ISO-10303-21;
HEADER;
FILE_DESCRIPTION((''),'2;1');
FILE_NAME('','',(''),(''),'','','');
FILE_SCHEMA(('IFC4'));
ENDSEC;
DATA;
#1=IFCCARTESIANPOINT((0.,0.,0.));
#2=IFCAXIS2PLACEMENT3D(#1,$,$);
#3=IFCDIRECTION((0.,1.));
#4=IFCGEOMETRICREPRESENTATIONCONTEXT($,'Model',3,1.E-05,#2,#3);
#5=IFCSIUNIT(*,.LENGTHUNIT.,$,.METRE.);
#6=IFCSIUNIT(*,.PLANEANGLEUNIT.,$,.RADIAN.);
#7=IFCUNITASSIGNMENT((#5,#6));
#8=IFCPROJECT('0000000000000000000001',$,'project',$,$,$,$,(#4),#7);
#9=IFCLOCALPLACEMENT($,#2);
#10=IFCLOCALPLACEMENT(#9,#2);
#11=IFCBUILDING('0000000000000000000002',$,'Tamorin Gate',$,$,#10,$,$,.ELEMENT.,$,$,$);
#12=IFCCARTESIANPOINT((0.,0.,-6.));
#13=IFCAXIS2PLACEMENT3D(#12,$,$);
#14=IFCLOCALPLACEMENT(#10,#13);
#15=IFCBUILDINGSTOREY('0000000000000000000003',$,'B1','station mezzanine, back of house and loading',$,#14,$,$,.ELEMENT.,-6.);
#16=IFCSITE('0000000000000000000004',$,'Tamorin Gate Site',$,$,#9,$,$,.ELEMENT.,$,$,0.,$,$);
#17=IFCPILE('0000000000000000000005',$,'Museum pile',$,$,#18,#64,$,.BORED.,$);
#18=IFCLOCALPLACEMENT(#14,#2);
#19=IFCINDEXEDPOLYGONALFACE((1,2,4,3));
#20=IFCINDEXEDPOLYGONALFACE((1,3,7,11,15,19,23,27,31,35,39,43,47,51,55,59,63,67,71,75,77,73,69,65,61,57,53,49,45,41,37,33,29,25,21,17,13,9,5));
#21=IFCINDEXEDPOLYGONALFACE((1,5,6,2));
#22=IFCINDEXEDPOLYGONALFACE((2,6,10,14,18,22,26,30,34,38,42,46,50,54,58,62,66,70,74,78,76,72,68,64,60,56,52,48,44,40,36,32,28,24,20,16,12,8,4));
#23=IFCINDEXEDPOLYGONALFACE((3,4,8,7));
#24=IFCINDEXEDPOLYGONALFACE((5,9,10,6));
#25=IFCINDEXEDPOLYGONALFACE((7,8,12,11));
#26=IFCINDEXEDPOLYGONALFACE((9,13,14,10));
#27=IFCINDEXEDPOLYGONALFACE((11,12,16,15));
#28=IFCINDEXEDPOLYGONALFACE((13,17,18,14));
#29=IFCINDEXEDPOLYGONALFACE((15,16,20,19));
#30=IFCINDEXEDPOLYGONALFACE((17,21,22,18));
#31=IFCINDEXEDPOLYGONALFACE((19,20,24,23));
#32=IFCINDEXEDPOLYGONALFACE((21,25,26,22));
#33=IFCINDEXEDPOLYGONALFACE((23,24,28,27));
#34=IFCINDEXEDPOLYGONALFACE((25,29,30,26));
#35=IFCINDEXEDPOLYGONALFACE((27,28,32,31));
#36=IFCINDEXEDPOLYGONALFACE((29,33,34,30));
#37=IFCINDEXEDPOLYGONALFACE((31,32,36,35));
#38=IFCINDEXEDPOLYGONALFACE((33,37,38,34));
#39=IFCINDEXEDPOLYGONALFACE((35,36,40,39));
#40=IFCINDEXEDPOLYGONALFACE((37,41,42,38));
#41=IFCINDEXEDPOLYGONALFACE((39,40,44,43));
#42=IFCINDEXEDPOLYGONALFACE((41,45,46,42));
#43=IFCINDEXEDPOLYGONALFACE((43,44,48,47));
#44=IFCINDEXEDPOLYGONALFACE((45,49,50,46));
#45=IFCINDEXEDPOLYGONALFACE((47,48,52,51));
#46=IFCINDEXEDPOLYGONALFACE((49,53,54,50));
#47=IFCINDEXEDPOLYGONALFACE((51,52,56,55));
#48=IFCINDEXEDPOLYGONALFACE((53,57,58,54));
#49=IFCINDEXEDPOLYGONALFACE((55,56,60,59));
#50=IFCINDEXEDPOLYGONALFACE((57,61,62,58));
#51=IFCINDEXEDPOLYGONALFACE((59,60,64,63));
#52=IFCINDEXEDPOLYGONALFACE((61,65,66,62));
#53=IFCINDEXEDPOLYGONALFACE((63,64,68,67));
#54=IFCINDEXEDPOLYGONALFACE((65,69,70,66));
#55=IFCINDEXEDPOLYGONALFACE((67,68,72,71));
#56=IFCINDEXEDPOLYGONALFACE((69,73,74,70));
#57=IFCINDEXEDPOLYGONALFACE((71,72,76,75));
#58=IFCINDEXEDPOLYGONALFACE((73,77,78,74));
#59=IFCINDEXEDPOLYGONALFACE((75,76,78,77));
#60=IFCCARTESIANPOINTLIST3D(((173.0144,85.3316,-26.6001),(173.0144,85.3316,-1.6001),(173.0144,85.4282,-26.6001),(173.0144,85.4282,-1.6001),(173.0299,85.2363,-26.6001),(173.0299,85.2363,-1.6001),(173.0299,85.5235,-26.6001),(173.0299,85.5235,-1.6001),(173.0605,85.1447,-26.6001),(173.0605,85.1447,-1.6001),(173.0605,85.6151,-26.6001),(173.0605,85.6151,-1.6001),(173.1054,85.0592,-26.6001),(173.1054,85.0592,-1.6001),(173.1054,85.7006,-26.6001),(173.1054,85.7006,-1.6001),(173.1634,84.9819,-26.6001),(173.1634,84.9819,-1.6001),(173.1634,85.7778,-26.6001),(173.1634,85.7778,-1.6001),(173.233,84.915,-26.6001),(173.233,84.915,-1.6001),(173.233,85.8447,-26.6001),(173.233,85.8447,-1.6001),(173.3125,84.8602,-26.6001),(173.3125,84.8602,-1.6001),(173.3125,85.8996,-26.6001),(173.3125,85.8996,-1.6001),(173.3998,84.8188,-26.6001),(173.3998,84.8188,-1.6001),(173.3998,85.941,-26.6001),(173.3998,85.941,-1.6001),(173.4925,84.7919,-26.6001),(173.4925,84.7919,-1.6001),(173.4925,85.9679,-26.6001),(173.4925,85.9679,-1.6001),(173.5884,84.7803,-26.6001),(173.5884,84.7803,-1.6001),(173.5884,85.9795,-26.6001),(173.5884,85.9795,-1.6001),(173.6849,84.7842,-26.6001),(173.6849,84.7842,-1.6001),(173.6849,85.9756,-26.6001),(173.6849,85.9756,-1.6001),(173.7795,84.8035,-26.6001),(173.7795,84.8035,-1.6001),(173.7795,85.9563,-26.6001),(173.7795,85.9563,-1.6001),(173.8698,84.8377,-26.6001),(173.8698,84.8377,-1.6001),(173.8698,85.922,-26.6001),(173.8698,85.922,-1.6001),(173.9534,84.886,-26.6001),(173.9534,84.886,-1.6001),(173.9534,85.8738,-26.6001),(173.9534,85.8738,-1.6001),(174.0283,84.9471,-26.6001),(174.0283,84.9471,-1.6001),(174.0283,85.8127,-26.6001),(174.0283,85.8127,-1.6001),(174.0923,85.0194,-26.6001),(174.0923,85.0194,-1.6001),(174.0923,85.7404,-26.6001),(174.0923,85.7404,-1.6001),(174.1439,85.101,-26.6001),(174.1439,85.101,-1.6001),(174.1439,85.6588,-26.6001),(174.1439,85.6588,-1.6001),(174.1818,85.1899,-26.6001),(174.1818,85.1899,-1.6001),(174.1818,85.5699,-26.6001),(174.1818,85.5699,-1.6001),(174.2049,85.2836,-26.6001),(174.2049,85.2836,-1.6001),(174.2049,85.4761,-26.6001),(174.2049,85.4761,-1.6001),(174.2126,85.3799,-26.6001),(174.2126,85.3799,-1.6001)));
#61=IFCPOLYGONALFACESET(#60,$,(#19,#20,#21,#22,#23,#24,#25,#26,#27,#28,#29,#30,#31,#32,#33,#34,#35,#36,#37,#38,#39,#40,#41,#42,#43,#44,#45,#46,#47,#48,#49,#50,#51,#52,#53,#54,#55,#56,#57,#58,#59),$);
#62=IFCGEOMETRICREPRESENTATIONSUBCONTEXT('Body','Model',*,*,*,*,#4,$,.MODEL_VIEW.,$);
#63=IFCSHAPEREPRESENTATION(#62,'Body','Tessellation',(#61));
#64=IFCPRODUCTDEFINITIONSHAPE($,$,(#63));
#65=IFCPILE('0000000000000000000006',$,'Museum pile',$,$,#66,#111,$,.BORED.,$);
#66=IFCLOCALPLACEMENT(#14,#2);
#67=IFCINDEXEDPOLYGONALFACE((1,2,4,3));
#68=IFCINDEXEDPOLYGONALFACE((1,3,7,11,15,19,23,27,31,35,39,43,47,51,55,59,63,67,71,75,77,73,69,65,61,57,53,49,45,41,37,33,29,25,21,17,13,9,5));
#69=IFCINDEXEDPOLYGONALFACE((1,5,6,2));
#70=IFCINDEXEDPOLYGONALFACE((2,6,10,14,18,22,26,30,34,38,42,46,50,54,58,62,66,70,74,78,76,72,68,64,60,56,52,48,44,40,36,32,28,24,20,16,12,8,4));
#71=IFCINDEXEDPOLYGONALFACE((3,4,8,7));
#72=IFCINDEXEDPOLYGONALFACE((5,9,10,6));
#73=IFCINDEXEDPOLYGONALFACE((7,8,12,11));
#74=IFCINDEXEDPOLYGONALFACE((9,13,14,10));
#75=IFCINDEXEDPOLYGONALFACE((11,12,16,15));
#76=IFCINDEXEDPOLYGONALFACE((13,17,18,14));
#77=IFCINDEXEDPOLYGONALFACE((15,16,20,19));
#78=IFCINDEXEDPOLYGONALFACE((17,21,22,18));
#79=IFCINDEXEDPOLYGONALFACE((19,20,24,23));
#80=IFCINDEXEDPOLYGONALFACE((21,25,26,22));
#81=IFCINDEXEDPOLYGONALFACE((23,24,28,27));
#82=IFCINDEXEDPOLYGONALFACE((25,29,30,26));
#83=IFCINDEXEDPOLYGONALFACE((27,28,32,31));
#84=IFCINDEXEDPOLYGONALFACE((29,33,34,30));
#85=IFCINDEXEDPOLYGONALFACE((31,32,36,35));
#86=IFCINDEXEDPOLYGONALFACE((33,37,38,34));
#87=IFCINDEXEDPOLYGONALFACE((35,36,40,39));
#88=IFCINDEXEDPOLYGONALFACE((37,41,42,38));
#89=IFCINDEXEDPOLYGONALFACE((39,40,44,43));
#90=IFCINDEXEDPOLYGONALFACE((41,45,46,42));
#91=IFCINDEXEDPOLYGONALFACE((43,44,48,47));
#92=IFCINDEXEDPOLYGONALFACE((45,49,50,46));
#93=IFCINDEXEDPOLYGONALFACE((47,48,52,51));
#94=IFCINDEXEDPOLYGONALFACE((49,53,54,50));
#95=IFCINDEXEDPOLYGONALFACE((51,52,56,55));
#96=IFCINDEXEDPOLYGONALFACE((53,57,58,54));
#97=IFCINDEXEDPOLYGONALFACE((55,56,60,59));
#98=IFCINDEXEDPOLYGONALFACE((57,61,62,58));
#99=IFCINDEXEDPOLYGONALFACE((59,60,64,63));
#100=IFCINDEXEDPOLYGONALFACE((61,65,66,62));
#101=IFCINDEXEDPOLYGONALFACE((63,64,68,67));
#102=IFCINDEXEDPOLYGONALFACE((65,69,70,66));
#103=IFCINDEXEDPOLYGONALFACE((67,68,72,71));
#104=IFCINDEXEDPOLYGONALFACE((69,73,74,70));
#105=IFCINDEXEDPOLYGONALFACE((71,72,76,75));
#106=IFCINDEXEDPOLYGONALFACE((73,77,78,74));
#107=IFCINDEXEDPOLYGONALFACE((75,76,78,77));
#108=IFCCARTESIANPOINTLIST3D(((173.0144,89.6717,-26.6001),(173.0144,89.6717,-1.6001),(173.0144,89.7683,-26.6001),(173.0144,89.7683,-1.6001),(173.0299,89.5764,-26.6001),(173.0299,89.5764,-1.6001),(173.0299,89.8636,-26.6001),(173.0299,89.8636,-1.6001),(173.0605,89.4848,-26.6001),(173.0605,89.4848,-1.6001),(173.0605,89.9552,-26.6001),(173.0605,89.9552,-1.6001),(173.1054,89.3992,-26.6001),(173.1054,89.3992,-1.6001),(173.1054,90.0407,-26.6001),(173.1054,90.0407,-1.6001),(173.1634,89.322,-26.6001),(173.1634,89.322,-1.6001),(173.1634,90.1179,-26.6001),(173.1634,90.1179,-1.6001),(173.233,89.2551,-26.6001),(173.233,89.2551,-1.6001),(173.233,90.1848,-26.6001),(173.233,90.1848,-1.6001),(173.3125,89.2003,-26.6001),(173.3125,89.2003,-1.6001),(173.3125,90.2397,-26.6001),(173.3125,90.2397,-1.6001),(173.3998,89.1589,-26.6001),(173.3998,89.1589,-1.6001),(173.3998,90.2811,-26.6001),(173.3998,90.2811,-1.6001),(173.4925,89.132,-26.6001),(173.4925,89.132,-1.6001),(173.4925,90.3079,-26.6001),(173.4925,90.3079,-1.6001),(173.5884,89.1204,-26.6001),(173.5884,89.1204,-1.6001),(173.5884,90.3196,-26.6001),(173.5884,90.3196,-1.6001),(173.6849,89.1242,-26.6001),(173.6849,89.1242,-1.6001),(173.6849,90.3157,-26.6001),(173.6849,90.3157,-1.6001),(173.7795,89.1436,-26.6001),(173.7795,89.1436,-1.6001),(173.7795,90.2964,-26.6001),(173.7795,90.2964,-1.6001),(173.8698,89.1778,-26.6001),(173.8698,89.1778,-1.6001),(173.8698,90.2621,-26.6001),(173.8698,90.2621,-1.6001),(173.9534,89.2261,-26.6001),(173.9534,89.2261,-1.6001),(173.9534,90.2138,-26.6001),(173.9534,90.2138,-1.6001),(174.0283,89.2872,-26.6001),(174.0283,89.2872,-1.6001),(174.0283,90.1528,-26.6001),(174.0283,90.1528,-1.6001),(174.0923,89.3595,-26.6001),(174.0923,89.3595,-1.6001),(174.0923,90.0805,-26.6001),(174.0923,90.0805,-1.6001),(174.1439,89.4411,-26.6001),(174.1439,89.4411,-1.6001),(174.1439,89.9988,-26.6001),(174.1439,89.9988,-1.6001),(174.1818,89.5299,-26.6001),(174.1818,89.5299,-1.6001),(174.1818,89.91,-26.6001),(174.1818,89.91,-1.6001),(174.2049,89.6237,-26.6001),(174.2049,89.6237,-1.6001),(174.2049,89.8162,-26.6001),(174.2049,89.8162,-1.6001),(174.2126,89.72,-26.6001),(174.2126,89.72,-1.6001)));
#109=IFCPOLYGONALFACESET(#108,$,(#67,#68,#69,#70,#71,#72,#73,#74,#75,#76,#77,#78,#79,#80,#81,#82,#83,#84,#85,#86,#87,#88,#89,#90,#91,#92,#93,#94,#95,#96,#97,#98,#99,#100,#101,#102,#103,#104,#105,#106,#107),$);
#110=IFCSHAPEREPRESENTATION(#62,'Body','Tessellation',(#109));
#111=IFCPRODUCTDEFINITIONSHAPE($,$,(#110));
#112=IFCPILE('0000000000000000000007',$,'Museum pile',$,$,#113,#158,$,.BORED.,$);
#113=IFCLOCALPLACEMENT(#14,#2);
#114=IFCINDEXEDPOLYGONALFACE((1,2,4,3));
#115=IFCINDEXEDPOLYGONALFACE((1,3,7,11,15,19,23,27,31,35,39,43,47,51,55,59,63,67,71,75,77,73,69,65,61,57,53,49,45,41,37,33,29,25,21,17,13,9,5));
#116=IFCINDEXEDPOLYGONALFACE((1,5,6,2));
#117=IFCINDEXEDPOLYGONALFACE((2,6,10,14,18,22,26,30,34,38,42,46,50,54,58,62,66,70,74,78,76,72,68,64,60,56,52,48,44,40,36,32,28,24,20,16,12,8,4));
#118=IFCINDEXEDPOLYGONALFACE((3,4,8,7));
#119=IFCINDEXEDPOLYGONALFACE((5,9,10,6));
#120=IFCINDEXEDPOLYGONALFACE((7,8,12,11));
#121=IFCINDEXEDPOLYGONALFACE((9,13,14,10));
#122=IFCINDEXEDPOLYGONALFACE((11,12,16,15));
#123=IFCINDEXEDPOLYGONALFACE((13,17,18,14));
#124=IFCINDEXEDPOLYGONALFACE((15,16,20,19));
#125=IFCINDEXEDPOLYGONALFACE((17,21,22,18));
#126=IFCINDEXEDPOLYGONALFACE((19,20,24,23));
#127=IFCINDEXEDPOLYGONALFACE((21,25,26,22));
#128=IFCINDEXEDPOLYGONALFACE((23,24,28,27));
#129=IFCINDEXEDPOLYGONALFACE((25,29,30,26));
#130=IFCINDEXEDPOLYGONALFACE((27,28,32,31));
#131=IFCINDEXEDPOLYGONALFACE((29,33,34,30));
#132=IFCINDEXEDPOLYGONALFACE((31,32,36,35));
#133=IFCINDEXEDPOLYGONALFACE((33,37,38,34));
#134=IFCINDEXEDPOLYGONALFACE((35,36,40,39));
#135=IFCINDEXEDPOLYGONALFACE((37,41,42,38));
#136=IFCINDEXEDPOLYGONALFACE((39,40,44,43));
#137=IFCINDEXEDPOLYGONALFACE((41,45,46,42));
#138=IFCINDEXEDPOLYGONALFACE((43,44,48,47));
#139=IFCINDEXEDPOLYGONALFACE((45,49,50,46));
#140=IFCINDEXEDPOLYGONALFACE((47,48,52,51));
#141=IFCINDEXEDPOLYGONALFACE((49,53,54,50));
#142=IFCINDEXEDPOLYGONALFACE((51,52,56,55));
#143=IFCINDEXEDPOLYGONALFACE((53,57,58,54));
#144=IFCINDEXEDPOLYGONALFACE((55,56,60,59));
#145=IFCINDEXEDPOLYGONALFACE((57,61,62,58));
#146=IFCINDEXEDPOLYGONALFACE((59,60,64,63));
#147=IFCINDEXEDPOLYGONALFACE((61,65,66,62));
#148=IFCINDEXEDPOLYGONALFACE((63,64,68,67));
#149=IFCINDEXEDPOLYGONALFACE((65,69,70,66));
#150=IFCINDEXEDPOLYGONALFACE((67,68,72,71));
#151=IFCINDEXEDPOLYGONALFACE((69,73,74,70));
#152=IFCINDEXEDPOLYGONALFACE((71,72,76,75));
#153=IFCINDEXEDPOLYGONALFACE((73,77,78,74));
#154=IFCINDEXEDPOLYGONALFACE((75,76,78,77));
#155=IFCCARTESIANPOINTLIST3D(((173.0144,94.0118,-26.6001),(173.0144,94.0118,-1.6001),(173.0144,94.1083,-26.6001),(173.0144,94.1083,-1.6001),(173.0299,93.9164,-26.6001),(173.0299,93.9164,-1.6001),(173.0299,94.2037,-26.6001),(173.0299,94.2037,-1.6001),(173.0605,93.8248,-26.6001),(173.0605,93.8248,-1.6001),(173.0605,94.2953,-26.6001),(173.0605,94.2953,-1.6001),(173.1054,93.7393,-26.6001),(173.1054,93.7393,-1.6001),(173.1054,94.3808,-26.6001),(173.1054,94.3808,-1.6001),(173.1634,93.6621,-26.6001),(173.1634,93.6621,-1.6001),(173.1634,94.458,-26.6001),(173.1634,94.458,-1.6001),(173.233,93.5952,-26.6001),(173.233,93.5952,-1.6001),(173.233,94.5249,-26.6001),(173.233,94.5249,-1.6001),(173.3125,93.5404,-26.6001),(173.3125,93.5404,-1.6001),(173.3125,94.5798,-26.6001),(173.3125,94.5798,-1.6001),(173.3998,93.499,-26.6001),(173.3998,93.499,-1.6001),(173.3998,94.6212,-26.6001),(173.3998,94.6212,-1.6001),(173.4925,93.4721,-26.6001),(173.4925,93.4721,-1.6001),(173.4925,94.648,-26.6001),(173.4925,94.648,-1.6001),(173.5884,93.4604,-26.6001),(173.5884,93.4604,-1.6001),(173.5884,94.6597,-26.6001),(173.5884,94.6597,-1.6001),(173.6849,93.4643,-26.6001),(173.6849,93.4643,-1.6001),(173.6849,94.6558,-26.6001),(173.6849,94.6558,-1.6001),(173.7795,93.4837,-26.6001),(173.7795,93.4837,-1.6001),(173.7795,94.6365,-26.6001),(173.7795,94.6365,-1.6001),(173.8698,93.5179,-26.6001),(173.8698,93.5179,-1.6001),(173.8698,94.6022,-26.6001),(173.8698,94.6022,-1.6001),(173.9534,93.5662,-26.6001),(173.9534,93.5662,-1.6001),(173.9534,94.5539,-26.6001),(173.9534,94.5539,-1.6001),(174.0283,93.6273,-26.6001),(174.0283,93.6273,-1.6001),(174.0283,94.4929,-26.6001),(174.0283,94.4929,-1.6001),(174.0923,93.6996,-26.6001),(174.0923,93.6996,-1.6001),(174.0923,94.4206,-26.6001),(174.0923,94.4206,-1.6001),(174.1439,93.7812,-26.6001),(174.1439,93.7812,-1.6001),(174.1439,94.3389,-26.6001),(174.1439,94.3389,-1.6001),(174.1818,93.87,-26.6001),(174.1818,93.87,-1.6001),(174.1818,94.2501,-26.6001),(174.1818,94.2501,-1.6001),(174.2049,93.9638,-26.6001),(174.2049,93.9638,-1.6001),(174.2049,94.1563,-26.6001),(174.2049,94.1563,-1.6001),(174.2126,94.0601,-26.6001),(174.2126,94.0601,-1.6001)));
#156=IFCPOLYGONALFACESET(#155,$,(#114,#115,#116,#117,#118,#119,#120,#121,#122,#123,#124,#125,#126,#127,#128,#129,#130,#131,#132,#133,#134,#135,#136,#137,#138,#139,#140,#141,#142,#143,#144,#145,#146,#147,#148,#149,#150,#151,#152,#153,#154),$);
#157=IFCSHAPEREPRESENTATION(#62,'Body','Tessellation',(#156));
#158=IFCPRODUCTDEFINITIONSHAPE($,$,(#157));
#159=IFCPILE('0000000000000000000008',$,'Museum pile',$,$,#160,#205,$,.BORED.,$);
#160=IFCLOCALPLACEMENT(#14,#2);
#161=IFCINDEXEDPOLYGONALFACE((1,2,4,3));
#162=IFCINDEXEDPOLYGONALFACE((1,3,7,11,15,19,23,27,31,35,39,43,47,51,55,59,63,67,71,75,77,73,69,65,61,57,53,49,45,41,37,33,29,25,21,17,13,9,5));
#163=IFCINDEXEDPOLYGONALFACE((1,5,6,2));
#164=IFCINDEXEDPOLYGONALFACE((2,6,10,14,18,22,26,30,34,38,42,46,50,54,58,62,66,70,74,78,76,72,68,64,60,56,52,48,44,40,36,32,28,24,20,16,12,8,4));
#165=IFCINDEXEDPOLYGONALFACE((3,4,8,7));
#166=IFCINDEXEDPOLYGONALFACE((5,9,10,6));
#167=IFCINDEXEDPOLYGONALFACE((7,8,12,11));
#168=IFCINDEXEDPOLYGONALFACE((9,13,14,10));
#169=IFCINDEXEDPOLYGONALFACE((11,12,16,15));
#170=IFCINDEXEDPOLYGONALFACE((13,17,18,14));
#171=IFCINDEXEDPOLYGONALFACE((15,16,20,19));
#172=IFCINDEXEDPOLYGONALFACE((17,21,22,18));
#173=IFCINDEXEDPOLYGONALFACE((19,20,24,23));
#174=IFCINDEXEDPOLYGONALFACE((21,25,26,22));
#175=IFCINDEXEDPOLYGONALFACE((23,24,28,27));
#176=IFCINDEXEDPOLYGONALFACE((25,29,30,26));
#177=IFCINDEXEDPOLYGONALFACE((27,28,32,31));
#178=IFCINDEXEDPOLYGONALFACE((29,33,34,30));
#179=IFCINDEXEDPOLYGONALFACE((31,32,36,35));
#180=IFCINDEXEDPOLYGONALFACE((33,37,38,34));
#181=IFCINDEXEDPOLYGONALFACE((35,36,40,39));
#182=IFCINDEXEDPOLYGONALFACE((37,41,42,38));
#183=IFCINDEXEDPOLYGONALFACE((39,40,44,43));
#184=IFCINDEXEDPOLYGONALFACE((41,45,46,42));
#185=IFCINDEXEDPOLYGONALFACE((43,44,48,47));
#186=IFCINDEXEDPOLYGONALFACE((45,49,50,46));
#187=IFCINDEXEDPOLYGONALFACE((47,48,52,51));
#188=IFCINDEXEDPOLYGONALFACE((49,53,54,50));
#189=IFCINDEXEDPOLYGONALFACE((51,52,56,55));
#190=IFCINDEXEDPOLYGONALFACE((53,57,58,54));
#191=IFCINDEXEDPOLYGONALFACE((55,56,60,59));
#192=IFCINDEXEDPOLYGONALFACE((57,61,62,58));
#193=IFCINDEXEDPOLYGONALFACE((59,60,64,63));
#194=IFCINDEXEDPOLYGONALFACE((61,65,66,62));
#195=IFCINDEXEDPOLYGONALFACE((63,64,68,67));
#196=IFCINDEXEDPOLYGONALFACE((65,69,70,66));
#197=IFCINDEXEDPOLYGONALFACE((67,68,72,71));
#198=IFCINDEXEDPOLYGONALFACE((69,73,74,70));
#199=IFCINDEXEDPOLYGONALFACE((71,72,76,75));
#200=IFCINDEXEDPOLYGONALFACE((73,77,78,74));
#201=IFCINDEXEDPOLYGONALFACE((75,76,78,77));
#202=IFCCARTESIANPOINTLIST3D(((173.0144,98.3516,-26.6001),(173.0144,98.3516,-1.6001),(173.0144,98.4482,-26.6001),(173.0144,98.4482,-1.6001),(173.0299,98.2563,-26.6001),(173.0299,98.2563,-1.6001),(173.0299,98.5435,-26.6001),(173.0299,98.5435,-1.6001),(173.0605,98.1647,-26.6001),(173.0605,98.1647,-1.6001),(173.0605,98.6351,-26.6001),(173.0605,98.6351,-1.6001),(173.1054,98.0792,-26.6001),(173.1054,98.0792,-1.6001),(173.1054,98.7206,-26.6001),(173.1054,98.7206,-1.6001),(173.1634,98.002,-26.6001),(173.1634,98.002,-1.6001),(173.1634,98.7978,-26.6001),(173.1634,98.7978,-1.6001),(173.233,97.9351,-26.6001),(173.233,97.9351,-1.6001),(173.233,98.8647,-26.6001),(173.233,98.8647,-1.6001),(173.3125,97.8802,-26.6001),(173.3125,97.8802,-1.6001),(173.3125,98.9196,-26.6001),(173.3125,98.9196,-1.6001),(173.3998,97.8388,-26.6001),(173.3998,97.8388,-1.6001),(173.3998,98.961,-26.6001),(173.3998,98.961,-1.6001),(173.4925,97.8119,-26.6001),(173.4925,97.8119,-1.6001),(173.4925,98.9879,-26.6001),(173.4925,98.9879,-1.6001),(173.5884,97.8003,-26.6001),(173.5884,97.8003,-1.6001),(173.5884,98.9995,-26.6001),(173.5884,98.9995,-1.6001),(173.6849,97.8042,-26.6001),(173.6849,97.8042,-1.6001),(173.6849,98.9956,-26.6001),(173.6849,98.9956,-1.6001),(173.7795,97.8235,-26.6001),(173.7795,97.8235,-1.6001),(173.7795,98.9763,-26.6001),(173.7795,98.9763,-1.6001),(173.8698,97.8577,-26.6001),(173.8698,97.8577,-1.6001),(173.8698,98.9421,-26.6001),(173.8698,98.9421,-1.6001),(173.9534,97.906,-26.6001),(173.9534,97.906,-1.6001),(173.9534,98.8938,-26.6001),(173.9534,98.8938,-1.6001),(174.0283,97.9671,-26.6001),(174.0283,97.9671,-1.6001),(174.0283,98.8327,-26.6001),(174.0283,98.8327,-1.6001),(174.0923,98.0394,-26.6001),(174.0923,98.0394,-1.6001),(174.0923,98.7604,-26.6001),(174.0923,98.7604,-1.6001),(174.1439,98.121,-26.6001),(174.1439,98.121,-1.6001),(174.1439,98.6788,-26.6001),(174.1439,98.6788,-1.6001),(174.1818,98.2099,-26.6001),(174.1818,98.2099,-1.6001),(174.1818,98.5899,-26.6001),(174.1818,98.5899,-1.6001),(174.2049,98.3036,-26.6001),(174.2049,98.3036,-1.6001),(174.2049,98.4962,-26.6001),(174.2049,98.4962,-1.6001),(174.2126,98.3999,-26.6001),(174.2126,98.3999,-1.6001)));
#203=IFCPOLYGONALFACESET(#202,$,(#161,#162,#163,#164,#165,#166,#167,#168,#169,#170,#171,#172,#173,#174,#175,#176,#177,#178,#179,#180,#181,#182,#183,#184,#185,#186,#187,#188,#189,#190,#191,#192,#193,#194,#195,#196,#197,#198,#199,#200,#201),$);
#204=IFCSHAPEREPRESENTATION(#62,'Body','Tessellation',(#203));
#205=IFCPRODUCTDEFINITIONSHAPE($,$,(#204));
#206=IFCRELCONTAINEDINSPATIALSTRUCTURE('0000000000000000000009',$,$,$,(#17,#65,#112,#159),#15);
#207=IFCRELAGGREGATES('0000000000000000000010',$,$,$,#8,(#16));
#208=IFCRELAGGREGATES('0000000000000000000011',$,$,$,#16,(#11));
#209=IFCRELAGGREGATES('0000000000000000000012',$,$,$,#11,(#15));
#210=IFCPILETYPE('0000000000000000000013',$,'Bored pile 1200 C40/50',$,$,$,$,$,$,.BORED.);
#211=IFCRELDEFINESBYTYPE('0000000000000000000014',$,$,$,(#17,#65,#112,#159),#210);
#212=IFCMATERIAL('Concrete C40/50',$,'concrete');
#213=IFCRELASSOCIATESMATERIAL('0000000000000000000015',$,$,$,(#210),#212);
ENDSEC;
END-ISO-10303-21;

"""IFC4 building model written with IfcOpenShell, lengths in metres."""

from ifc_helpers import new_model, si_unit, direction, frame, origin, origin_2d, place, context, subcontext, project, spatial, circle, extrude, material, material_profile, profile_set, type_object, element, save


model = new_model("IFC4")

# Units and contexts
model_context = context("Model", 3, precision=1e-05, world=origin(), true_north=direction((0.0, 1.0)))
body_context = subcontext(model_context, "Body", "Model", "MODEL_VIEW")
ifc_project = project(units=[si_unit("LENGTHUNIT", "METRE"), si_unit("PLANEANGLEUNIT", "RADIAN")], contexts=[model_context])

# Site, building, storey
site_placement = place(None, origin())
site = spatial("IfcSite", under=ifc_project, at=site_placement, Name="Tamorin Gate Site", CompositionType="ELEMENT", RefElevation=0.0)
building_placement = place(site_placement, origin())
building = spatial("IfcBuilding", under=site, at=building_placement, Name="Tamorin Gate", CompositionType="ELEMENT")
storey_placement = place(building_placement, frame((0.0, 0.0, -6.0)))
storey = spatial("IfcBuildingStorey", under=building, at=storey_placement, Name="B1", Description="station mezzanine, back of house and loading", CompositionType="ELEMENT", Elevation=-6.0)

# Piles
ifc_material_1 = material(Name="Concrete C40/50", Category="concrete")
ifc_material_profile_1 = material_profile(ifc_material_1, circle(Radius=0.6001, at=origin_2d()))
ifc_profile_set_1 = profile_set([ifc_material_profile_1], Name="Concrete C40/50")
pile_type = type_object("IfcPileType", Name="Bored pile 1200 C40/50", PredefinedType="BORED", material=ifc_profile_set_1)
for number, where, z_axis, x_axis, name in (
    (1, (173.6125, 85.3799, -1.6001), (0.0, 0.0, -1.0), (1.0, 0.0, 0.0), "Museum pile"),
    (2, (173.6125, 89.72, -1.6001), (0.0, 0.0, -1.0), (1.0, 0.0, 0.0), "Museum pile"),
    (3, (173.6125, 94.0601, -1.6001), (0.0, 0.0, -1.0), (1.0, 0.0, 0.0), "Museum pile"),
    (4, (173.6125, 98.3999, -1.6001), (0.0, 0.0, -1.0), (1.0, 0.0, 0.0), "Museum pile"),
):
    element("IfcPile", number, at=place(storey_placement, frame(where, z_axis=z_axis, x_axis=x_axis)), inside=storey, type_object=pile_type, Name=name, PredefinedType="BORED", context=body_context, shape_type="SweptSolid", body=[
        extrude(circle(Radius=0.6001, at=origin_2d()), origin(), (0.0, 0.0, 1.0), 25.0),
    ])

save(model, "model.ifc")
